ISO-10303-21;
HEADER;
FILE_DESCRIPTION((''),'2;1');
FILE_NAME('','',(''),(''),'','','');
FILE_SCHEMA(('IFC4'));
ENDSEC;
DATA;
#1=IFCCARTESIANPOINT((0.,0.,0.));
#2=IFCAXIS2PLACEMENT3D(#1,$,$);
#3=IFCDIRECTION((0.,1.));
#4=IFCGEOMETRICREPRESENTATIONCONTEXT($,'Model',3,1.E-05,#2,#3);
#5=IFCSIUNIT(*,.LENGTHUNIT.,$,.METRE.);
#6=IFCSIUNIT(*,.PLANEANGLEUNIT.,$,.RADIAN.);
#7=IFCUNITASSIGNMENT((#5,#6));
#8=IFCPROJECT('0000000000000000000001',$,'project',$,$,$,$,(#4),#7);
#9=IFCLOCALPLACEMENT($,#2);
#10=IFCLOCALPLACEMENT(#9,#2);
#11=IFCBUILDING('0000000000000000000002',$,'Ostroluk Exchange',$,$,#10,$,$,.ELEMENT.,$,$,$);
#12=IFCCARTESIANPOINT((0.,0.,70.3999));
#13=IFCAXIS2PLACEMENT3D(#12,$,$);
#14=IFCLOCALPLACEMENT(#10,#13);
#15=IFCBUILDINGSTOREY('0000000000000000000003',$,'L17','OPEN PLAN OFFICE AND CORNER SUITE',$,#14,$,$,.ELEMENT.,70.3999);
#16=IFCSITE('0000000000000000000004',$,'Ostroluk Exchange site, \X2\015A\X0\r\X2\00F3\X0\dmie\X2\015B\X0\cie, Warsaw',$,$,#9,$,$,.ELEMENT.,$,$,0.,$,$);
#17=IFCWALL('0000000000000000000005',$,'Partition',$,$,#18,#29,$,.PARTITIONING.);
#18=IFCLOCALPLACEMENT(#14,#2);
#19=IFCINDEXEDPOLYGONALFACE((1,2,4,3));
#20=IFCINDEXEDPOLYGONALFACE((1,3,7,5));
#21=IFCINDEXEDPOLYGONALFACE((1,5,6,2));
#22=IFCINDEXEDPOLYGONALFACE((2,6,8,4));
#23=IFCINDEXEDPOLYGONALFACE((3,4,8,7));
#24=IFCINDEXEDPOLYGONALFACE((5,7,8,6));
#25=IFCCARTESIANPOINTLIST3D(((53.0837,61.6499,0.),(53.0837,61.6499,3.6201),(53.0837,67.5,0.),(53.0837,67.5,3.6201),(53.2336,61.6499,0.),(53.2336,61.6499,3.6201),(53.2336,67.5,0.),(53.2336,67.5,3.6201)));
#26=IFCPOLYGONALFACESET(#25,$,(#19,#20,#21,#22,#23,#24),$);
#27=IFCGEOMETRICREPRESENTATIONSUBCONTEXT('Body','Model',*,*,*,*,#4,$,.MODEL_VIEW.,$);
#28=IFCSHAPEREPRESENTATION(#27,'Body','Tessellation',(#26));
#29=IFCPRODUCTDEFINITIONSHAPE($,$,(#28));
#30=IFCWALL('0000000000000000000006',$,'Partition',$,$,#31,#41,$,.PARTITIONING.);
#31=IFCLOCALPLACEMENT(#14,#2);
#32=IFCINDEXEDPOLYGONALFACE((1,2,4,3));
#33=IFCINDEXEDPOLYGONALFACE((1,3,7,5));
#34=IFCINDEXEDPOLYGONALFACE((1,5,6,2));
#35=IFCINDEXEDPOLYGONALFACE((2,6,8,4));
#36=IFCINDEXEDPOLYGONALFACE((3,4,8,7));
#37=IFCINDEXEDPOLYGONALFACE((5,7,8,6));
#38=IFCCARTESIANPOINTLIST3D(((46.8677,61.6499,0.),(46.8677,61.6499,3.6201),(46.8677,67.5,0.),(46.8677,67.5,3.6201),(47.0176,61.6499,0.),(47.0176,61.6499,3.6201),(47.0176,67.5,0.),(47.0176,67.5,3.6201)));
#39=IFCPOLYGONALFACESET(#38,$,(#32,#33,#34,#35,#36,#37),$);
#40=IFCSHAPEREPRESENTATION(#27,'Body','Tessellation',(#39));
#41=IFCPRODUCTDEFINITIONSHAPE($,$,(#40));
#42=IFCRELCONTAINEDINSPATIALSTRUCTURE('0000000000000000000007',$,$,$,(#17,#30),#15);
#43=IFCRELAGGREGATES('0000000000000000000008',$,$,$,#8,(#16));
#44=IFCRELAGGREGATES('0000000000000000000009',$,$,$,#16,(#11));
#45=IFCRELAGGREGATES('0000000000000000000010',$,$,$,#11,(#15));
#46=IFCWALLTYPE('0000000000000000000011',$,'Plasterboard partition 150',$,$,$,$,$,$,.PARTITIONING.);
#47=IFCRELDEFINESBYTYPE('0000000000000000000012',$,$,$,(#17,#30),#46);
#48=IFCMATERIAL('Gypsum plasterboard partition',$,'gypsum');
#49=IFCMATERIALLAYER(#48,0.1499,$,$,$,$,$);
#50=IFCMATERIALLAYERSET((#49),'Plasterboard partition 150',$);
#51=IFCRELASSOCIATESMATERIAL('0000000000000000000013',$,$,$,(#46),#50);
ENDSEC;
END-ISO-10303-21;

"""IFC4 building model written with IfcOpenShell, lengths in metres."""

from ifc_helpers import new_model, si_unit, direction, frame, frame_2d, origin, place, context, subcontext, project, spatial, rectangle, extrude, material, layer, layer_set, type_object, element, save


model = new_model("IFC4")

# Units and contexts
model_context = context("Model", 3, precision=1e-05, world=origin(), true_north=direction((0.0, 1.0)))
body_context = subcontext(model_context, "Body", "Model", "MODEL_VIEW")
ifc_project = project(units=[si_unit("LENGTHUNIT", "METRE"), si_unit("PLANEANGLEUNIT", "RADIAN")], contexts=[model_context])

# Site, building, storey
site_placement = place(None, origin())
site = spatial("IfcSite", under=ifc_project, at=site_placement, Name="Ostroluk Exchange site, Śródmieście, Warsaw", CompositionType="ELEMENT", RefElevation=0.0)
building_placement = place(site_placement, origin())
building = spatial("IfcBuilding", under=site, at=building_placement, Name="Ostroluk Exchange", CompositionType="ELEMENT")
storey_placement = place(building_placement, frame((0.0, 0.0, 70.3999)))
storey = spatial("IfcBuildingStorey", under=building, at=storey_placement, Name="L17", Description="OPEN PLAN OFFICE AND CORNER SUITE", CompositionType="ELEMENT", Elevation=70.3999)

# Walls
ifc_material_1 = material(Name="Gypsum plasterboard partition", Category="gypsum")
ifc_layer_1 = layer(ifc_material_1, 0.1499)
ifc_layer_set_1 = layer_set([ifc_layer_1], Name="Plasterboard partition 150")
wall_type_1 = type_object("IfcWallType", Name="Plasterboard partition 150", PredefinedType="PARTITIONING", material=ifc_layer_set_1)
for number, where, z_axis, x_axis, name in (
    (1, (53.1587, 61.6499, 0.0), (0.0, 0.0, 1.0), (0.0, 1.0, 0.0), "Partition"),
    (2, (46.9426, 61.6499, 0.0), (0.0, 0.0, 1.0), (0.0, 1.0, 0.0), "Partition"),
):
    element("IfcWall", number, at=place(storey_placement, frame(where, z_axis=z_axis, x_axis=x_axis)), inside=storey, type_object=wall_type_1, Name=name, PredefinedType="PARTITIONING", context=body_context, shape_type="SweptSolid", body=[
        extrude(rectangle(XDim=5.8501, YDim=0.1499, at=frame_2d((2.925, 0.0))), origin(), (0.0, 0.0, 1.0), 3.6201),
    ])

save(model, "model.ifc")
